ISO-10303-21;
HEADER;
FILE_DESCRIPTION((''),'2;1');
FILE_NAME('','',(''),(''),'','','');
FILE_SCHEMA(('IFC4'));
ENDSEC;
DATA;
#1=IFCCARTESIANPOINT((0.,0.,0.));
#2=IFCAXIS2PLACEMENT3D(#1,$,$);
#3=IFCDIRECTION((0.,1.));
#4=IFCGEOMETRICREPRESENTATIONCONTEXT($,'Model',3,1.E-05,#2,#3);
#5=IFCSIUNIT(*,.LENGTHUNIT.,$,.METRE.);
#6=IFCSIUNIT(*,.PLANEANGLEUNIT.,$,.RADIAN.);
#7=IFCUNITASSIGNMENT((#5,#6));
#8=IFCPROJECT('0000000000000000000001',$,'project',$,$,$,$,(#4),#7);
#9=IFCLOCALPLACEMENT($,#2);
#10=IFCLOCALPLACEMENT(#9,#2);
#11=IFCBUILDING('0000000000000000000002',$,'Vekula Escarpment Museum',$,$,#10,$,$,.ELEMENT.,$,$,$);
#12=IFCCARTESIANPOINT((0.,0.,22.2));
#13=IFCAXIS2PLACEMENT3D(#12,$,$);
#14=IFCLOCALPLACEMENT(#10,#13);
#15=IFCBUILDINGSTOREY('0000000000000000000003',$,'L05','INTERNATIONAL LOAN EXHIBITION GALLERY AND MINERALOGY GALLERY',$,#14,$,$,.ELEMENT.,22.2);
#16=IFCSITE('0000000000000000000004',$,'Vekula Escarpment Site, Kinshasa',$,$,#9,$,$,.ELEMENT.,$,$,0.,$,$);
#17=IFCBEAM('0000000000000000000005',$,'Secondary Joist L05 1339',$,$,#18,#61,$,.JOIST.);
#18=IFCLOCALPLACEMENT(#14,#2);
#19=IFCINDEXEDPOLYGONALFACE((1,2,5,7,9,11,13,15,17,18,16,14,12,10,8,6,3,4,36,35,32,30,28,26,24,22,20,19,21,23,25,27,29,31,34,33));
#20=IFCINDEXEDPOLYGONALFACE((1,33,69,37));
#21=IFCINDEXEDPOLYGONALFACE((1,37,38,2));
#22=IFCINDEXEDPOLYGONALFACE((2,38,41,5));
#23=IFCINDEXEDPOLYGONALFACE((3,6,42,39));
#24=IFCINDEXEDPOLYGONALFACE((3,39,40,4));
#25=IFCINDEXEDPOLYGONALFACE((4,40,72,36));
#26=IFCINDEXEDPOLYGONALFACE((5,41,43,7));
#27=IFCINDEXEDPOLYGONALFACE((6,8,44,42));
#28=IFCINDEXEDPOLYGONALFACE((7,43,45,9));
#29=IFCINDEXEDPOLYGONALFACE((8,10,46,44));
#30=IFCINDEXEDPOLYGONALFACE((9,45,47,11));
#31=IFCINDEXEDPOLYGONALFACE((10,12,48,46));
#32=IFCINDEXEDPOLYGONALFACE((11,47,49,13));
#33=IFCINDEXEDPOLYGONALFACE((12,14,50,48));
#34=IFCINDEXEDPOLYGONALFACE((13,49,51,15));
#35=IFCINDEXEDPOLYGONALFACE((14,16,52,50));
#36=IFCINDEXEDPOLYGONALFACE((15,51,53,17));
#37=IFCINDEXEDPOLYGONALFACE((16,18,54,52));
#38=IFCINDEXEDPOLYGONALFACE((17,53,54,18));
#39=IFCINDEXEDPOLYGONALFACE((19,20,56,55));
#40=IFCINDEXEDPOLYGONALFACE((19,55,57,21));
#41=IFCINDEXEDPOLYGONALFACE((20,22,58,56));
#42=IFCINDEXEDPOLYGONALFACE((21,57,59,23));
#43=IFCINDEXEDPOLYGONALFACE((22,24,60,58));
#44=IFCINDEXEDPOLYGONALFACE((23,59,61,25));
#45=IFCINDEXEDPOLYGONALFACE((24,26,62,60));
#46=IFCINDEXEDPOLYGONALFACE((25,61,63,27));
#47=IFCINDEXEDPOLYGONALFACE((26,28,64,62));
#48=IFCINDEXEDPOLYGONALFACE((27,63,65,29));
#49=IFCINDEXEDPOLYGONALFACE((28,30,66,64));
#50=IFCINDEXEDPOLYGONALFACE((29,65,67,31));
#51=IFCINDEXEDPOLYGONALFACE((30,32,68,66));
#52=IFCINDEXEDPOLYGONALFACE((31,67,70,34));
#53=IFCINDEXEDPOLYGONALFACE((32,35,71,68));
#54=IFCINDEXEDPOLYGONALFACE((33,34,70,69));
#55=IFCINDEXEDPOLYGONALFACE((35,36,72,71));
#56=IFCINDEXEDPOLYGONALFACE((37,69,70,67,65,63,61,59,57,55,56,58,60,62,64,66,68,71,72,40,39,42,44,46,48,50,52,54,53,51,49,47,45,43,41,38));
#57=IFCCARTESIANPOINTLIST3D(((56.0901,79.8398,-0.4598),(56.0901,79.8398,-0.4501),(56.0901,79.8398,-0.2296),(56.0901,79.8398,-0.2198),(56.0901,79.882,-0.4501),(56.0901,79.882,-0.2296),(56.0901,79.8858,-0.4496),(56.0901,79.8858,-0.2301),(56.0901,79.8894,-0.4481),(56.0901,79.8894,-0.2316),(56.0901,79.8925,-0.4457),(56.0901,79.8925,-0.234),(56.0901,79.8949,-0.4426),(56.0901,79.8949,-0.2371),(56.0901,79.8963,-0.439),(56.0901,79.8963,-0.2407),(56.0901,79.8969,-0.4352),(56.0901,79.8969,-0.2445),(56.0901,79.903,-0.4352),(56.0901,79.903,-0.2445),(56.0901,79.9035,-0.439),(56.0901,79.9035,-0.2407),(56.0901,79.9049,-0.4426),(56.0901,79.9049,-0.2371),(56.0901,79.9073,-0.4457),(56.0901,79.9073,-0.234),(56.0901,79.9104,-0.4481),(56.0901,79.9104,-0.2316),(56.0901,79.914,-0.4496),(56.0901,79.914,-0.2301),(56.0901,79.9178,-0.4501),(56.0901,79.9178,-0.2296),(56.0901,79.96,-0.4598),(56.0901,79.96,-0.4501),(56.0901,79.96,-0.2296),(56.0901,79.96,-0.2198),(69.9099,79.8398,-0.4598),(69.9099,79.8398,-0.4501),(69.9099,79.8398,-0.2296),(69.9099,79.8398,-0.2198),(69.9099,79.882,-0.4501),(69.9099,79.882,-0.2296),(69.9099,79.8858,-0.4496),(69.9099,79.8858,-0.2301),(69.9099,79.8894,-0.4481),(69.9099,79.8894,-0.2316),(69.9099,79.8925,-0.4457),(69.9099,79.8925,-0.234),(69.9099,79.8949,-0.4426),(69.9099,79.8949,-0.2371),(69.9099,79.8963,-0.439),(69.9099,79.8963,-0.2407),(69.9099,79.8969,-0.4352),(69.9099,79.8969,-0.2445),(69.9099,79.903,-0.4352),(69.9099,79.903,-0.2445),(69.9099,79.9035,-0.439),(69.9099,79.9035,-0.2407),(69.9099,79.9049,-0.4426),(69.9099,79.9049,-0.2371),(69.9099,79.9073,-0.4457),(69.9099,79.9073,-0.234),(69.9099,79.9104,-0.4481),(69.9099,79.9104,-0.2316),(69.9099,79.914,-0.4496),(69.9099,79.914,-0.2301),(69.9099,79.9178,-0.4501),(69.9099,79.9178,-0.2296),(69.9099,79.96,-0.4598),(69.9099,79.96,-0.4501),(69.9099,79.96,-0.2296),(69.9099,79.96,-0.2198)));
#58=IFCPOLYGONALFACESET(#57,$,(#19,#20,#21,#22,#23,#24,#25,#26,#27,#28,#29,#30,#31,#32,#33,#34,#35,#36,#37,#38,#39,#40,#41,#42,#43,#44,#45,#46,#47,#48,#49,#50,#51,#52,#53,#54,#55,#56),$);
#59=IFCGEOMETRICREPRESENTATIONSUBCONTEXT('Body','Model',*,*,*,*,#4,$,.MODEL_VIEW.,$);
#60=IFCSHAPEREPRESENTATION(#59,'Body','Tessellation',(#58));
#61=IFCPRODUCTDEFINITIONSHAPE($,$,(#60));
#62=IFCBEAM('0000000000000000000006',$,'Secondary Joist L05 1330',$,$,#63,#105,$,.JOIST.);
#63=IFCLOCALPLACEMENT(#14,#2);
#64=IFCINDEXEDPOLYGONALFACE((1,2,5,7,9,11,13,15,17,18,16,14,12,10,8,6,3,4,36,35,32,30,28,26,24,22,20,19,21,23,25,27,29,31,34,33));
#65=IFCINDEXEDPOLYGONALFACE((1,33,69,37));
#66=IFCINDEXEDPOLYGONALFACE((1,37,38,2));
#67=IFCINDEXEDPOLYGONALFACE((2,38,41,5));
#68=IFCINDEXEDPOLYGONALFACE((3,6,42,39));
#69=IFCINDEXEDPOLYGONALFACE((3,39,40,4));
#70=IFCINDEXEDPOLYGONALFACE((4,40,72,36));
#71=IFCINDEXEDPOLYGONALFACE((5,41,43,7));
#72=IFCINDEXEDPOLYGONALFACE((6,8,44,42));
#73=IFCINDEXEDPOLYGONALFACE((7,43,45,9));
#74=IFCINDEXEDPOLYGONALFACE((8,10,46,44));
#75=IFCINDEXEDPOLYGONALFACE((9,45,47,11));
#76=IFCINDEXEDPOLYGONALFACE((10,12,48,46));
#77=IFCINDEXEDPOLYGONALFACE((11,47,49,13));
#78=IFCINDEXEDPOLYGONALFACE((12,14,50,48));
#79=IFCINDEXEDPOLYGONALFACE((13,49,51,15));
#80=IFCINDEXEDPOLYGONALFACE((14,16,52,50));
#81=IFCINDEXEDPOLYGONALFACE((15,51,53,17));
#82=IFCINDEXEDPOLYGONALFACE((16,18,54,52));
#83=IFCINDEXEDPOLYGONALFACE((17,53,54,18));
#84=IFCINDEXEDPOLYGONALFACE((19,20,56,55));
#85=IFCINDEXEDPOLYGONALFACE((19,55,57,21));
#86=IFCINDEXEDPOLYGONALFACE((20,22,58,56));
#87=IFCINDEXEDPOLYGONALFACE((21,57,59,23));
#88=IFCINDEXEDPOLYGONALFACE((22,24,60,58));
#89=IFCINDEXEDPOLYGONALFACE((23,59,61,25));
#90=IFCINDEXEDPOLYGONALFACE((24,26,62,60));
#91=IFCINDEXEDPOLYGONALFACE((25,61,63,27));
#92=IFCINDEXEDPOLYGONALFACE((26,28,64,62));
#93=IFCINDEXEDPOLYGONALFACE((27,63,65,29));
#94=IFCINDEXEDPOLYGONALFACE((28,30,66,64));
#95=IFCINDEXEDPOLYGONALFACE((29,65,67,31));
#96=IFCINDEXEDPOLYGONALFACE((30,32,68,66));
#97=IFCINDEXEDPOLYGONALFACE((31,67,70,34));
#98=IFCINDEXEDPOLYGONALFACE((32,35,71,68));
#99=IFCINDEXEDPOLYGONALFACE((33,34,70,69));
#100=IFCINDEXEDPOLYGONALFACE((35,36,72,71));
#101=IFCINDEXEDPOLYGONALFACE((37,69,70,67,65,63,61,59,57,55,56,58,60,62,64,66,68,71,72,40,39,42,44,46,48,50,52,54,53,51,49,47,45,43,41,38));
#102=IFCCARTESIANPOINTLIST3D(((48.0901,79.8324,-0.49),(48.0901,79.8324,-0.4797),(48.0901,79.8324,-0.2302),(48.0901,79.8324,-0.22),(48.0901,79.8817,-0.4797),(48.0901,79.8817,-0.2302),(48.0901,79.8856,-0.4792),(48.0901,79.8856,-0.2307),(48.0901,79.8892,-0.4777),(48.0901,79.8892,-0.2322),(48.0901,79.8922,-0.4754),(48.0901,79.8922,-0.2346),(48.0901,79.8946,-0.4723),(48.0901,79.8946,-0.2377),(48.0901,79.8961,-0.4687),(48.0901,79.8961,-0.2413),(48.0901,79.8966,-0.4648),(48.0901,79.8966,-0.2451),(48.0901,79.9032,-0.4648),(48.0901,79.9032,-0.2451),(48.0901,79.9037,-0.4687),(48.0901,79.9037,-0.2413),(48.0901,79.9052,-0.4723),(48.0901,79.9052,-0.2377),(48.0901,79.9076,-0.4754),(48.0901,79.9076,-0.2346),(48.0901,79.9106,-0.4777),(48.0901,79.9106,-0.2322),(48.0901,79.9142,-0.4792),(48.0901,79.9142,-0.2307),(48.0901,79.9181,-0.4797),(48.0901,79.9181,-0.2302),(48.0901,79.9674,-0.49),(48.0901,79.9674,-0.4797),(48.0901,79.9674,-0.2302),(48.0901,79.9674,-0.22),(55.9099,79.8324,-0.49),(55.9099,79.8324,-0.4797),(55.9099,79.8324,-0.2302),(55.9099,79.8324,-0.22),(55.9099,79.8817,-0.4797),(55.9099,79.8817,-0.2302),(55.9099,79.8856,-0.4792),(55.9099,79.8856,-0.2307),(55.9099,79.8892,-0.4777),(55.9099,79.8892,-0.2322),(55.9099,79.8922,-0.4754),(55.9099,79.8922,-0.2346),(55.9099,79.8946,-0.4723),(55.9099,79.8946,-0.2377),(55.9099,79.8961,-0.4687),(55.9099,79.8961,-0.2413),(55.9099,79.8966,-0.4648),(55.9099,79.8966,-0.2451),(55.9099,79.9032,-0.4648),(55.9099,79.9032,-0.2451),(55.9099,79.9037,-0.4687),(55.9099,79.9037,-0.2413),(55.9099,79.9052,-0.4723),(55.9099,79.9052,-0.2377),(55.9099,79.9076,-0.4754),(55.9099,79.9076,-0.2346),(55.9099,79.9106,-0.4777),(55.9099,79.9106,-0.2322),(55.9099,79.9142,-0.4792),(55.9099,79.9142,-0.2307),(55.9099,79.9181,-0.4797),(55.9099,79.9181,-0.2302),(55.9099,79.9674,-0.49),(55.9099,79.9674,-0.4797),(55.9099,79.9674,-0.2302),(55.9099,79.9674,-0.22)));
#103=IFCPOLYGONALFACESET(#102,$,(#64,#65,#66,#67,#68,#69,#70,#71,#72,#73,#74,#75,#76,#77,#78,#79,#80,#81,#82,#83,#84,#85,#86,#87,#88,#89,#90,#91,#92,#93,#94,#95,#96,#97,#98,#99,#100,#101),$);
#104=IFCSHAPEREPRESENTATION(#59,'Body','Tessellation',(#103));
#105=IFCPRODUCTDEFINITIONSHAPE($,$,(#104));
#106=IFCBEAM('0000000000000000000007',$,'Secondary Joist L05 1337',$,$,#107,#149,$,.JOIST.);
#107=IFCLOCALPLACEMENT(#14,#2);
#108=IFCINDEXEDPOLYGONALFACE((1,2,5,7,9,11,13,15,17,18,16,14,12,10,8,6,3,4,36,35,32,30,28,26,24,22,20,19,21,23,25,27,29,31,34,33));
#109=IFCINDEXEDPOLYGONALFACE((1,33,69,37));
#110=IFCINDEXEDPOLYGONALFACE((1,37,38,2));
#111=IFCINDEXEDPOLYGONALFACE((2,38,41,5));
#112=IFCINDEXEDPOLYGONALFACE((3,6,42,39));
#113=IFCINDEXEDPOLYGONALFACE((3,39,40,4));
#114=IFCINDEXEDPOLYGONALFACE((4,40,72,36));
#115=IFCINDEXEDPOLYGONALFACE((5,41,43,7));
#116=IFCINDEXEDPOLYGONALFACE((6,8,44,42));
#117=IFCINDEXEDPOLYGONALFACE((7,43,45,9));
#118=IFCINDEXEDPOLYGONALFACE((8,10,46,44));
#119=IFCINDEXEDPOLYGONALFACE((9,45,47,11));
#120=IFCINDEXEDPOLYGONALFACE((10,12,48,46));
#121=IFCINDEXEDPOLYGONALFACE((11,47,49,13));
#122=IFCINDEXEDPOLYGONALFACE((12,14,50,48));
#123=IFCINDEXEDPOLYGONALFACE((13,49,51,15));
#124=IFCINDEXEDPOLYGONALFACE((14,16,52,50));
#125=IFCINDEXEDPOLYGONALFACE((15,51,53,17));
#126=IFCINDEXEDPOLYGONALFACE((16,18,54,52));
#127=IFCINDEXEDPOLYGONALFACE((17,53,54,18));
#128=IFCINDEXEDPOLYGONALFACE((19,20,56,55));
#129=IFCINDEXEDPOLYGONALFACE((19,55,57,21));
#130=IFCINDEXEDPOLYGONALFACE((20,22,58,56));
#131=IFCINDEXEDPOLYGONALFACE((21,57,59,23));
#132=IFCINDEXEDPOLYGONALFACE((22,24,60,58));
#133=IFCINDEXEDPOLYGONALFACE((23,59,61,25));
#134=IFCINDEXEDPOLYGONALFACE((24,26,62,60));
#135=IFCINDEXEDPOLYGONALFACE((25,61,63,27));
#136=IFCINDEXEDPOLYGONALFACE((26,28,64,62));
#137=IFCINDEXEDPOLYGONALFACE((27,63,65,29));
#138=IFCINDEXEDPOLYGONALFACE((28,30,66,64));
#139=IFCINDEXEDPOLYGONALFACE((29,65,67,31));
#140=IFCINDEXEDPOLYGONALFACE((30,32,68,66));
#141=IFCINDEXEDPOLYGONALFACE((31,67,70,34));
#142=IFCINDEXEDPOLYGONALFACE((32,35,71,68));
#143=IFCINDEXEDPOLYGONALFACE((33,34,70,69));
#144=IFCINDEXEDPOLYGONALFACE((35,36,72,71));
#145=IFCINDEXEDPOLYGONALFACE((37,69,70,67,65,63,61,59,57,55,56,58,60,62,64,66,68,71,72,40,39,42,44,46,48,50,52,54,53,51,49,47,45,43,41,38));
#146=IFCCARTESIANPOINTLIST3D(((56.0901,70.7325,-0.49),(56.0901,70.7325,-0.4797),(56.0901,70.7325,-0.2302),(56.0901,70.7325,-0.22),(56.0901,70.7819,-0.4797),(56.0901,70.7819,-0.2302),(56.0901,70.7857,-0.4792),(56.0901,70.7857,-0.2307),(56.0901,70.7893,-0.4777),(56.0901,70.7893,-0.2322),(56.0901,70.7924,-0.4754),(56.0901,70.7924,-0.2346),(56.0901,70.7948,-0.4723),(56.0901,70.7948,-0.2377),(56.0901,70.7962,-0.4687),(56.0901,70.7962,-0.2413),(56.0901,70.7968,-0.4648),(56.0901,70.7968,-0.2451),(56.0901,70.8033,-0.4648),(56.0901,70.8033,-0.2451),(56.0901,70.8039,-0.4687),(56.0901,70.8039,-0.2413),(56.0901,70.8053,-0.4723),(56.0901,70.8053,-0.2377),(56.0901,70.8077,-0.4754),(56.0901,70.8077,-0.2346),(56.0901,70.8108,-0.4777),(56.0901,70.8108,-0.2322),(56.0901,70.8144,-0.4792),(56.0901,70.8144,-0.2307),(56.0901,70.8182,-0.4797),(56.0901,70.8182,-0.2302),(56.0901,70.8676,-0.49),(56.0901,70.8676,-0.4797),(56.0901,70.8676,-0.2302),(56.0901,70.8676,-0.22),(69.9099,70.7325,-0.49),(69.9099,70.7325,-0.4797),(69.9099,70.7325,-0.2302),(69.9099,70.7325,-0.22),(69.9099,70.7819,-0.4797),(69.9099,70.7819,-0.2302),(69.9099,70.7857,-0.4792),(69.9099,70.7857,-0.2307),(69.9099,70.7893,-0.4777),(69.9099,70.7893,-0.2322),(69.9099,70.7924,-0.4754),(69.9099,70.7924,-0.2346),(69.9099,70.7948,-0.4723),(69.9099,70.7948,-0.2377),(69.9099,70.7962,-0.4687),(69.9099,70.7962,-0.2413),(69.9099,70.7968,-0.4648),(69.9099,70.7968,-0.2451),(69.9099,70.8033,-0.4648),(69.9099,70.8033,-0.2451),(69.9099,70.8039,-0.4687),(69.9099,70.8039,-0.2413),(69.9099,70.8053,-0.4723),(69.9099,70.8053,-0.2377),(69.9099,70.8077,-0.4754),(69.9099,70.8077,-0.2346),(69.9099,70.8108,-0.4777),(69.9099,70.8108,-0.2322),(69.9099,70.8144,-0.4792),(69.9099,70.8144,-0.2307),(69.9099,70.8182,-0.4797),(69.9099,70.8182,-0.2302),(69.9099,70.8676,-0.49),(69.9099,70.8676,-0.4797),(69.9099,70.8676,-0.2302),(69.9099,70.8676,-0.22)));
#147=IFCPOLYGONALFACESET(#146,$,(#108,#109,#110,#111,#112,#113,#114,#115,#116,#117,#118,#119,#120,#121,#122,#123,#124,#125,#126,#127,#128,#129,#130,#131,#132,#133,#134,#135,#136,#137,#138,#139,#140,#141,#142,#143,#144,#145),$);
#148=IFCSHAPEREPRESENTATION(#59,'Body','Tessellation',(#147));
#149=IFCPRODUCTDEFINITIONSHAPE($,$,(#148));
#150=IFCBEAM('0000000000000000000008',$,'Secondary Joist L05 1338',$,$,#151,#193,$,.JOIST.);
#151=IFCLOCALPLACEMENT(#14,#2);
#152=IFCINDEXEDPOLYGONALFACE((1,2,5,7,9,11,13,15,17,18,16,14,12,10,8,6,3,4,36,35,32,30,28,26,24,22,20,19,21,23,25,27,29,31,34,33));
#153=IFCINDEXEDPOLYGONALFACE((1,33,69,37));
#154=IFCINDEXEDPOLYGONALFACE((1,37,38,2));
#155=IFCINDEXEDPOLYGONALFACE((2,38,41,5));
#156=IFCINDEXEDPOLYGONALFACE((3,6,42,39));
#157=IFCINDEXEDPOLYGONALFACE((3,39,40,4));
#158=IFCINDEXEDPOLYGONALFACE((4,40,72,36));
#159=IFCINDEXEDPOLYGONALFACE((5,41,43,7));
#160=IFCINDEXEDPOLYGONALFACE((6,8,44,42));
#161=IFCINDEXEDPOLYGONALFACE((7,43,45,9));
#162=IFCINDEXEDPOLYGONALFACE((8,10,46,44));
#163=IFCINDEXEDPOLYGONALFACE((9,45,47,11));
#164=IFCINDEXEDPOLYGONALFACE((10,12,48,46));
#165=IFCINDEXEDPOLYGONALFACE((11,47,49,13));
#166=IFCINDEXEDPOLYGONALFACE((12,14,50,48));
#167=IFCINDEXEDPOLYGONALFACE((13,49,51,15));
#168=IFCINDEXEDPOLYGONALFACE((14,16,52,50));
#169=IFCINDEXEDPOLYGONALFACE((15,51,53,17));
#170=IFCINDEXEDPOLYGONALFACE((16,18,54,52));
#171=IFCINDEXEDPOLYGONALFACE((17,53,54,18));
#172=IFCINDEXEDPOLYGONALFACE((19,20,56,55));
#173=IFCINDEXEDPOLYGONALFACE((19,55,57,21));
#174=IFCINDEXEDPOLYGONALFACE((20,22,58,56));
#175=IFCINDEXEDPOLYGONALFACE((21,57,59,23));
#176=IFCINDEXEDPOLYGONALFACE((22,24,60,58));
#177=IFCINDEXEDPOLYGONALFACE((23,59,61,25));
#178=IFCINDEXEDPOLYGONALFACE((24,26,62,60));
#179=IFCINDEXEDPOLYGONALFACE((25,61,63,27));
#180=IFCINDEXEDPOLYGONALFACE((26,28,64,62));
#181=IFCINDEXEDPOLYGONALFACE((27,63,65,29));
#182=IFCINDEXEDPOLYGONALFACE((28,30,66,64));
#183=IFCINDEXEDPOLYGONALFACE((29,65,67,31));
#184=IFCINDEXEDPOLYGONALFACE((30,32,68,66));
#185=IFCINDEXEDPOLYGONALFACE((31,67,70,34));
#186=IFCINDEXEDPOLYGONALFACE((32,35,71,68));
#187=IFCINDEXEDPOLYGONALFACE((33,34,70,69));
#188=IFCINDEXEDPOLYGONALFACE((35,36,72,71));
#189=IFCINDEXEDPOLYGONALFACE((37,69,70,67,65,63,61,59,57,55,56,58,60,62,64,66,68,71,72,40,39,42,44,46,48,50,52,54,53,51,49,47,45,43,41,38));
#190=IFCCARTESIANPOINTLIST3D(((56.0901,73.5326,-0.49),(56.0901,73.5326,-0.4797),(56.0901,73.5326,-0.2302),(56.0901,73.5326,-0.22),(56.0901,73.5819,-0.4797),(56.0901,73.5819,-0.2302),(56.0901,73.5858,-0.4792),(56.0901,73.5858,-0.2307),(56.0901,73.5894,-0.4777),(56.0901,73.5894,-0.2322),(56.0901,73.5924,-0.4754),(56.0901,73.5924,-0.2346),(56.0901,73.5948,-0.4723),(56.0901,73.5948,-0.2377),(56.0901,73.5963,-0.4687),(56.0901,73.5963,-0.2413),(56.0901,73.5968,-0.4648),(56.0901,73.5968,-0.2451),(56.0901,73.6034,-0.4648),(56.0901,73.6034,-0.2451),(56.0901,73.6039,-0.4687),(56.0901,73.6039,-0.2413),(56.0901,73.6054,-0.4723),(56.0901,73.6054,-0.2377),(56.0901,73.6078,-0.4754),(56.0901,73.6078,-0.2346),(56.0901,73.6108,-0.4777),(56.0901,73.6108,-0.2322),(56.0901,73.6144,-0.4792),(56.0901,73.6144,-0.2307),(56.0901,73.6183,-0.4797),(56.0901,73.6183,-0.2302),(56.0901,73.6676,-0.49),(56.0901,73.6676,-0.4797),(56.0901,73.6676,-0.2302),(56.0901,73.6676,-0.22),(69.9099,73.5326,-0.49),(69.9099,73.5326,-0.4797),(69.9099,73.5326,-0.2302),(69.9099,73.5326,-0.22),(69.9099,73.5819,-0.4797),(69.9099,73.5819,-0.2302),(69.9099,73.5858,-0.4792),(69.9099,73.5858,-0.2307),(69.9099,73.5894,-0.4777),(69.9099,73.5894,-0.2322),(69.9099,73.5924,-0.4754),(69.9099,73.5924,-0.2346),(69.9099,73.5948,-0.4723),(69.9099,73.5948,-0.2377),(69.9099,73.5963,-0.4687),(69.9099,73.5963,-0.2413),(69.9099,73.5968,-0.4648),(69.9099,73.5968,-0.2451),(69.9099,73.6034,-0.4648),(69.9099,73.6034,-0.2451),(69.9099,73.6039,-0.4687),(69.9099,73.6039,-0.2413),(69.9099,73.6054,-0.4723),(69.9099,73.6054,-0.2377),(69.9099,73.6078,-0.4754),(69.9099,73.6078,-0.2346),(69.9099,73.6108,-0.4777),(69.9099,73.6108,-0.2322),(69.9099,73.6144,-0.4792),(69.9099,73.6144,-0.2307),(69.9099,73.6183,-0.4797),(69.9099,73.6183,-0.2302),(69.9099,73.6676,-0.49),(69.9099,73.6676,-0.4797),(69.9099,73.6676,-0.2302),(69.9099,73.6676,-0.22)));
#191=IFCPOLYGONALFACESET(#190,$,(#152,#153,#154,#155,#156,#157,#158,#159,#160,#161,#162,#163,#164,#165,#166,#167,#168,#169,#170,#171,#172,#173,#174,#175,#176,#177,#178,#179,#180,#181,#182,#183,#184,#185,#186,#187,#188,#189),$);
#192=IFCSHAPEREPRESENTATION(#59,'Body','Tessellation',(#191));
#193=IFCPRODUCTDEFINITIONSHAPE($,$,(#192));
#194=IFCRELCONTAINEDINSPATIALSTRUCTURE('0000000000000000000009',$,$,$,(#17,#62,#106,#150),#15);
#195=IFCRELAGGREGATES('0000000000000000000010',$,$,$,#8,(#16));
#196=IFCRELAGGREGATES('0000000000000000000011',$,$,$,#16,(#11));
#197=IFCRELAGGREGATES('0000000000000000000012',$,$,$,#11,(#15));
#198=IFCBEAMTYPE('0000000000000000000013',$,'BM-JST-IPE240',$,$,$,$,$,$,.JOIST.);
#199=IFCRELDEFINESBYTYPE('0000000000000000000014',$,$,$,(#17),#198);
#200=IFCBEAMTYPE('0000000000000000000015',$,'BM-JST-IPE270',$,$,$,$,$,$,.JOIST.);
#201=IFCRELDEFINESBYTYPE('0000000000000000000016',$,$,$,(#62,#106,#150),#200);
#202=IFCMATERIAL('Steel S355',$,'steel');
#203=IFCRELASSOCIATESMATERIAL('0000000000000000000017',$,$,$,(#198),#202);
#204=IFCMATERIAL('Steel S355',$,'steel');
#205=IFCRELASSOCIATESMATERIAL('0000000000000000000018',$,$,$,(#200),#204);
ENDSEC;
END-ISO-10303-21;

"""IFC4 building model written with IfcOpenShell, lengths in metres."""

from ifc_helpers import new_model, si_unit, direction, frame, origin, origin_2d, place, context, subcontext, project, spatial, i_section, extrude, material, material_profile, profile_set, type_object, element, save


model = new_model("IFC4")

# Units and contexts
model_context = context("Model", 3, precision=1e-05, world=origin(), true_north=direction((0.0, 1.0)))
body_context = subcontext(model_context, "Body", "Model", "MODEL_VIEW")
ifc_project = project(units=[si_unit("LENGTHUNIT", "METRE"), si_unit("PLANEANGLEUNIT", "RADIAN")], contexts=[model_context])

# Site, building, storey
site_placement = place(None, origin())
site = spatial("IfcSite", under=ifc_project, at=site_placement, Name="Vekula Escarpment Site, Kinshasa", CompositionType="ELEMENT", RefElevation=0.0)
building_placement = place(site_placement, origin())
building = spatial("IfcBuilding", under=site, at=building_placement, Name="Vekula Escarpment Museum", CompositionType="ELEMENT")
storey_placement = place(building_placement, frame((0.0, 0.0, 22.2)))
storey = spatial("IfcBuildingStorey", under=building, at=storey_placement, Name="L05", Description="INTERNATIONAL LOAN EXHIBITION GALLERY AND MINERALOGY GALLERY", CompositionType="ELEMENT", Elevation=22.2)

# Beams
ifc_material_1 = material(Name="Steel S355", Category="steel")
ifc_material_profile_1 = material_profile(ifc_material_1, i_section(OverallWidth=0.1201, OverallDepth=0.24, WebThickness=0.0061, FlangeThickness=0.0098, FilletRadius=0.0149, at=origin_2d()), Name="IPE 240")
ifc_profile_set_1 = profile_set([ifc_material_profile_1], Name="Steel S355")
beam_type_1 = type_object("IfcBeamType", Name="BM-JST-IPE240", PredefinedType="JOIST", material=ifc_profile_set_1)
beam_1_placement = place(storey_placement, frame((56.0901, 79.8999, -0.3398), z_axis=(1.0, 0.0, 0.0), x_axis=(0.0, 1.0, 0.0)))
element("IfcBeam", 1, at=beam_1_placement, inside=storey, type_object=beam_type_1, Name="Secondary Joist L05 1339", PredefinedType="JOIST", context=body_context, shape_type="SweptSolid", body=[
    extrude(i_section(OverallWidth=0.1201, OverallDepth=0.24, WebThickness=0.0061, FlangeThickness=0.0098, FilletRadius=0.0149, at=origin_2d()), origin(), (0.0, 0.0, 1.0), 13.8198),
])
ifc_material_2 = material(Name="Steel S355", Category="steel")
ifc_material_profile_2 = material_profile(ifc_material_2, i_section(OverallWidth=0.135, OverallDepth=0.27, WebThickness=0.0066, FlangeThickness=0.0103, FilletRadius=0.0149, at=origin_2d()), Name="IPE 270")
ifc_profile_set_2 = profile_set([ifc_material_profile_2], Name="Steel S355")
beam_type_2 = type_object("IfcBeamType", Name="BM-JST-IPE270", PredefinedType="JOIST", material=ifc_profile_set_2)
beam_2_placement = place(storey_placement, frame((48.0901, 79.8999, -0.355), z_axis=(1.0, 0.0, 0.0), x_axis=(0.0, 1.0, 0.0)))
element("IfcBeam", 2, at=beam_2_placement, inside=storey, type_object=beam_type_2, Name="Secondary Joist L05 1330", PredefinedType="JOIST", context=body_context, shape_type="SweptSolid", body=[
    extrude(i_section(OverallWidth=0.135, OverallDepth=0.27, WebThickness=0.0066, FlangeThickness=0.0103, FilletRadius=0.0149, at=origin_2d()), origin(), (0.0, 0.0, 1.0), 7.8198),
])
for number, where, z_axis, x_axis, name in (
    (3, (56.0901, 70.8, -0.355), (1.0, 0.0, 0.0), (0.0, 1.0, 0.0), "Secondary Joist L05 1337"),
    (4, (56.0901, 73.6001, -0.355), (1.0, 0.0, 0.0), (0.0, 1.0, 0.0), "Secondary Joist L05 1338"),
):
    element("IfcBeam", number, at=place(storey_placement, frame(where, z_axis=z_axis, x_axis=x_axis)), inside=storey, type_object=beam_type_2, Name=name, PredefinedType="JOIST", context=body_context, shape_type="SweptSolid", body=[
        extrude(i_section(OverallWidth=0.135, OverallDepth=0.27, WebThickness=0.0066, FlangeThickness=0.0103, FilletRadius=0.0149, at=origin_2d()), origin(), (0.0, 0.0, 1.0), 13.8198),
    ])

save(model, "model.ifc")
